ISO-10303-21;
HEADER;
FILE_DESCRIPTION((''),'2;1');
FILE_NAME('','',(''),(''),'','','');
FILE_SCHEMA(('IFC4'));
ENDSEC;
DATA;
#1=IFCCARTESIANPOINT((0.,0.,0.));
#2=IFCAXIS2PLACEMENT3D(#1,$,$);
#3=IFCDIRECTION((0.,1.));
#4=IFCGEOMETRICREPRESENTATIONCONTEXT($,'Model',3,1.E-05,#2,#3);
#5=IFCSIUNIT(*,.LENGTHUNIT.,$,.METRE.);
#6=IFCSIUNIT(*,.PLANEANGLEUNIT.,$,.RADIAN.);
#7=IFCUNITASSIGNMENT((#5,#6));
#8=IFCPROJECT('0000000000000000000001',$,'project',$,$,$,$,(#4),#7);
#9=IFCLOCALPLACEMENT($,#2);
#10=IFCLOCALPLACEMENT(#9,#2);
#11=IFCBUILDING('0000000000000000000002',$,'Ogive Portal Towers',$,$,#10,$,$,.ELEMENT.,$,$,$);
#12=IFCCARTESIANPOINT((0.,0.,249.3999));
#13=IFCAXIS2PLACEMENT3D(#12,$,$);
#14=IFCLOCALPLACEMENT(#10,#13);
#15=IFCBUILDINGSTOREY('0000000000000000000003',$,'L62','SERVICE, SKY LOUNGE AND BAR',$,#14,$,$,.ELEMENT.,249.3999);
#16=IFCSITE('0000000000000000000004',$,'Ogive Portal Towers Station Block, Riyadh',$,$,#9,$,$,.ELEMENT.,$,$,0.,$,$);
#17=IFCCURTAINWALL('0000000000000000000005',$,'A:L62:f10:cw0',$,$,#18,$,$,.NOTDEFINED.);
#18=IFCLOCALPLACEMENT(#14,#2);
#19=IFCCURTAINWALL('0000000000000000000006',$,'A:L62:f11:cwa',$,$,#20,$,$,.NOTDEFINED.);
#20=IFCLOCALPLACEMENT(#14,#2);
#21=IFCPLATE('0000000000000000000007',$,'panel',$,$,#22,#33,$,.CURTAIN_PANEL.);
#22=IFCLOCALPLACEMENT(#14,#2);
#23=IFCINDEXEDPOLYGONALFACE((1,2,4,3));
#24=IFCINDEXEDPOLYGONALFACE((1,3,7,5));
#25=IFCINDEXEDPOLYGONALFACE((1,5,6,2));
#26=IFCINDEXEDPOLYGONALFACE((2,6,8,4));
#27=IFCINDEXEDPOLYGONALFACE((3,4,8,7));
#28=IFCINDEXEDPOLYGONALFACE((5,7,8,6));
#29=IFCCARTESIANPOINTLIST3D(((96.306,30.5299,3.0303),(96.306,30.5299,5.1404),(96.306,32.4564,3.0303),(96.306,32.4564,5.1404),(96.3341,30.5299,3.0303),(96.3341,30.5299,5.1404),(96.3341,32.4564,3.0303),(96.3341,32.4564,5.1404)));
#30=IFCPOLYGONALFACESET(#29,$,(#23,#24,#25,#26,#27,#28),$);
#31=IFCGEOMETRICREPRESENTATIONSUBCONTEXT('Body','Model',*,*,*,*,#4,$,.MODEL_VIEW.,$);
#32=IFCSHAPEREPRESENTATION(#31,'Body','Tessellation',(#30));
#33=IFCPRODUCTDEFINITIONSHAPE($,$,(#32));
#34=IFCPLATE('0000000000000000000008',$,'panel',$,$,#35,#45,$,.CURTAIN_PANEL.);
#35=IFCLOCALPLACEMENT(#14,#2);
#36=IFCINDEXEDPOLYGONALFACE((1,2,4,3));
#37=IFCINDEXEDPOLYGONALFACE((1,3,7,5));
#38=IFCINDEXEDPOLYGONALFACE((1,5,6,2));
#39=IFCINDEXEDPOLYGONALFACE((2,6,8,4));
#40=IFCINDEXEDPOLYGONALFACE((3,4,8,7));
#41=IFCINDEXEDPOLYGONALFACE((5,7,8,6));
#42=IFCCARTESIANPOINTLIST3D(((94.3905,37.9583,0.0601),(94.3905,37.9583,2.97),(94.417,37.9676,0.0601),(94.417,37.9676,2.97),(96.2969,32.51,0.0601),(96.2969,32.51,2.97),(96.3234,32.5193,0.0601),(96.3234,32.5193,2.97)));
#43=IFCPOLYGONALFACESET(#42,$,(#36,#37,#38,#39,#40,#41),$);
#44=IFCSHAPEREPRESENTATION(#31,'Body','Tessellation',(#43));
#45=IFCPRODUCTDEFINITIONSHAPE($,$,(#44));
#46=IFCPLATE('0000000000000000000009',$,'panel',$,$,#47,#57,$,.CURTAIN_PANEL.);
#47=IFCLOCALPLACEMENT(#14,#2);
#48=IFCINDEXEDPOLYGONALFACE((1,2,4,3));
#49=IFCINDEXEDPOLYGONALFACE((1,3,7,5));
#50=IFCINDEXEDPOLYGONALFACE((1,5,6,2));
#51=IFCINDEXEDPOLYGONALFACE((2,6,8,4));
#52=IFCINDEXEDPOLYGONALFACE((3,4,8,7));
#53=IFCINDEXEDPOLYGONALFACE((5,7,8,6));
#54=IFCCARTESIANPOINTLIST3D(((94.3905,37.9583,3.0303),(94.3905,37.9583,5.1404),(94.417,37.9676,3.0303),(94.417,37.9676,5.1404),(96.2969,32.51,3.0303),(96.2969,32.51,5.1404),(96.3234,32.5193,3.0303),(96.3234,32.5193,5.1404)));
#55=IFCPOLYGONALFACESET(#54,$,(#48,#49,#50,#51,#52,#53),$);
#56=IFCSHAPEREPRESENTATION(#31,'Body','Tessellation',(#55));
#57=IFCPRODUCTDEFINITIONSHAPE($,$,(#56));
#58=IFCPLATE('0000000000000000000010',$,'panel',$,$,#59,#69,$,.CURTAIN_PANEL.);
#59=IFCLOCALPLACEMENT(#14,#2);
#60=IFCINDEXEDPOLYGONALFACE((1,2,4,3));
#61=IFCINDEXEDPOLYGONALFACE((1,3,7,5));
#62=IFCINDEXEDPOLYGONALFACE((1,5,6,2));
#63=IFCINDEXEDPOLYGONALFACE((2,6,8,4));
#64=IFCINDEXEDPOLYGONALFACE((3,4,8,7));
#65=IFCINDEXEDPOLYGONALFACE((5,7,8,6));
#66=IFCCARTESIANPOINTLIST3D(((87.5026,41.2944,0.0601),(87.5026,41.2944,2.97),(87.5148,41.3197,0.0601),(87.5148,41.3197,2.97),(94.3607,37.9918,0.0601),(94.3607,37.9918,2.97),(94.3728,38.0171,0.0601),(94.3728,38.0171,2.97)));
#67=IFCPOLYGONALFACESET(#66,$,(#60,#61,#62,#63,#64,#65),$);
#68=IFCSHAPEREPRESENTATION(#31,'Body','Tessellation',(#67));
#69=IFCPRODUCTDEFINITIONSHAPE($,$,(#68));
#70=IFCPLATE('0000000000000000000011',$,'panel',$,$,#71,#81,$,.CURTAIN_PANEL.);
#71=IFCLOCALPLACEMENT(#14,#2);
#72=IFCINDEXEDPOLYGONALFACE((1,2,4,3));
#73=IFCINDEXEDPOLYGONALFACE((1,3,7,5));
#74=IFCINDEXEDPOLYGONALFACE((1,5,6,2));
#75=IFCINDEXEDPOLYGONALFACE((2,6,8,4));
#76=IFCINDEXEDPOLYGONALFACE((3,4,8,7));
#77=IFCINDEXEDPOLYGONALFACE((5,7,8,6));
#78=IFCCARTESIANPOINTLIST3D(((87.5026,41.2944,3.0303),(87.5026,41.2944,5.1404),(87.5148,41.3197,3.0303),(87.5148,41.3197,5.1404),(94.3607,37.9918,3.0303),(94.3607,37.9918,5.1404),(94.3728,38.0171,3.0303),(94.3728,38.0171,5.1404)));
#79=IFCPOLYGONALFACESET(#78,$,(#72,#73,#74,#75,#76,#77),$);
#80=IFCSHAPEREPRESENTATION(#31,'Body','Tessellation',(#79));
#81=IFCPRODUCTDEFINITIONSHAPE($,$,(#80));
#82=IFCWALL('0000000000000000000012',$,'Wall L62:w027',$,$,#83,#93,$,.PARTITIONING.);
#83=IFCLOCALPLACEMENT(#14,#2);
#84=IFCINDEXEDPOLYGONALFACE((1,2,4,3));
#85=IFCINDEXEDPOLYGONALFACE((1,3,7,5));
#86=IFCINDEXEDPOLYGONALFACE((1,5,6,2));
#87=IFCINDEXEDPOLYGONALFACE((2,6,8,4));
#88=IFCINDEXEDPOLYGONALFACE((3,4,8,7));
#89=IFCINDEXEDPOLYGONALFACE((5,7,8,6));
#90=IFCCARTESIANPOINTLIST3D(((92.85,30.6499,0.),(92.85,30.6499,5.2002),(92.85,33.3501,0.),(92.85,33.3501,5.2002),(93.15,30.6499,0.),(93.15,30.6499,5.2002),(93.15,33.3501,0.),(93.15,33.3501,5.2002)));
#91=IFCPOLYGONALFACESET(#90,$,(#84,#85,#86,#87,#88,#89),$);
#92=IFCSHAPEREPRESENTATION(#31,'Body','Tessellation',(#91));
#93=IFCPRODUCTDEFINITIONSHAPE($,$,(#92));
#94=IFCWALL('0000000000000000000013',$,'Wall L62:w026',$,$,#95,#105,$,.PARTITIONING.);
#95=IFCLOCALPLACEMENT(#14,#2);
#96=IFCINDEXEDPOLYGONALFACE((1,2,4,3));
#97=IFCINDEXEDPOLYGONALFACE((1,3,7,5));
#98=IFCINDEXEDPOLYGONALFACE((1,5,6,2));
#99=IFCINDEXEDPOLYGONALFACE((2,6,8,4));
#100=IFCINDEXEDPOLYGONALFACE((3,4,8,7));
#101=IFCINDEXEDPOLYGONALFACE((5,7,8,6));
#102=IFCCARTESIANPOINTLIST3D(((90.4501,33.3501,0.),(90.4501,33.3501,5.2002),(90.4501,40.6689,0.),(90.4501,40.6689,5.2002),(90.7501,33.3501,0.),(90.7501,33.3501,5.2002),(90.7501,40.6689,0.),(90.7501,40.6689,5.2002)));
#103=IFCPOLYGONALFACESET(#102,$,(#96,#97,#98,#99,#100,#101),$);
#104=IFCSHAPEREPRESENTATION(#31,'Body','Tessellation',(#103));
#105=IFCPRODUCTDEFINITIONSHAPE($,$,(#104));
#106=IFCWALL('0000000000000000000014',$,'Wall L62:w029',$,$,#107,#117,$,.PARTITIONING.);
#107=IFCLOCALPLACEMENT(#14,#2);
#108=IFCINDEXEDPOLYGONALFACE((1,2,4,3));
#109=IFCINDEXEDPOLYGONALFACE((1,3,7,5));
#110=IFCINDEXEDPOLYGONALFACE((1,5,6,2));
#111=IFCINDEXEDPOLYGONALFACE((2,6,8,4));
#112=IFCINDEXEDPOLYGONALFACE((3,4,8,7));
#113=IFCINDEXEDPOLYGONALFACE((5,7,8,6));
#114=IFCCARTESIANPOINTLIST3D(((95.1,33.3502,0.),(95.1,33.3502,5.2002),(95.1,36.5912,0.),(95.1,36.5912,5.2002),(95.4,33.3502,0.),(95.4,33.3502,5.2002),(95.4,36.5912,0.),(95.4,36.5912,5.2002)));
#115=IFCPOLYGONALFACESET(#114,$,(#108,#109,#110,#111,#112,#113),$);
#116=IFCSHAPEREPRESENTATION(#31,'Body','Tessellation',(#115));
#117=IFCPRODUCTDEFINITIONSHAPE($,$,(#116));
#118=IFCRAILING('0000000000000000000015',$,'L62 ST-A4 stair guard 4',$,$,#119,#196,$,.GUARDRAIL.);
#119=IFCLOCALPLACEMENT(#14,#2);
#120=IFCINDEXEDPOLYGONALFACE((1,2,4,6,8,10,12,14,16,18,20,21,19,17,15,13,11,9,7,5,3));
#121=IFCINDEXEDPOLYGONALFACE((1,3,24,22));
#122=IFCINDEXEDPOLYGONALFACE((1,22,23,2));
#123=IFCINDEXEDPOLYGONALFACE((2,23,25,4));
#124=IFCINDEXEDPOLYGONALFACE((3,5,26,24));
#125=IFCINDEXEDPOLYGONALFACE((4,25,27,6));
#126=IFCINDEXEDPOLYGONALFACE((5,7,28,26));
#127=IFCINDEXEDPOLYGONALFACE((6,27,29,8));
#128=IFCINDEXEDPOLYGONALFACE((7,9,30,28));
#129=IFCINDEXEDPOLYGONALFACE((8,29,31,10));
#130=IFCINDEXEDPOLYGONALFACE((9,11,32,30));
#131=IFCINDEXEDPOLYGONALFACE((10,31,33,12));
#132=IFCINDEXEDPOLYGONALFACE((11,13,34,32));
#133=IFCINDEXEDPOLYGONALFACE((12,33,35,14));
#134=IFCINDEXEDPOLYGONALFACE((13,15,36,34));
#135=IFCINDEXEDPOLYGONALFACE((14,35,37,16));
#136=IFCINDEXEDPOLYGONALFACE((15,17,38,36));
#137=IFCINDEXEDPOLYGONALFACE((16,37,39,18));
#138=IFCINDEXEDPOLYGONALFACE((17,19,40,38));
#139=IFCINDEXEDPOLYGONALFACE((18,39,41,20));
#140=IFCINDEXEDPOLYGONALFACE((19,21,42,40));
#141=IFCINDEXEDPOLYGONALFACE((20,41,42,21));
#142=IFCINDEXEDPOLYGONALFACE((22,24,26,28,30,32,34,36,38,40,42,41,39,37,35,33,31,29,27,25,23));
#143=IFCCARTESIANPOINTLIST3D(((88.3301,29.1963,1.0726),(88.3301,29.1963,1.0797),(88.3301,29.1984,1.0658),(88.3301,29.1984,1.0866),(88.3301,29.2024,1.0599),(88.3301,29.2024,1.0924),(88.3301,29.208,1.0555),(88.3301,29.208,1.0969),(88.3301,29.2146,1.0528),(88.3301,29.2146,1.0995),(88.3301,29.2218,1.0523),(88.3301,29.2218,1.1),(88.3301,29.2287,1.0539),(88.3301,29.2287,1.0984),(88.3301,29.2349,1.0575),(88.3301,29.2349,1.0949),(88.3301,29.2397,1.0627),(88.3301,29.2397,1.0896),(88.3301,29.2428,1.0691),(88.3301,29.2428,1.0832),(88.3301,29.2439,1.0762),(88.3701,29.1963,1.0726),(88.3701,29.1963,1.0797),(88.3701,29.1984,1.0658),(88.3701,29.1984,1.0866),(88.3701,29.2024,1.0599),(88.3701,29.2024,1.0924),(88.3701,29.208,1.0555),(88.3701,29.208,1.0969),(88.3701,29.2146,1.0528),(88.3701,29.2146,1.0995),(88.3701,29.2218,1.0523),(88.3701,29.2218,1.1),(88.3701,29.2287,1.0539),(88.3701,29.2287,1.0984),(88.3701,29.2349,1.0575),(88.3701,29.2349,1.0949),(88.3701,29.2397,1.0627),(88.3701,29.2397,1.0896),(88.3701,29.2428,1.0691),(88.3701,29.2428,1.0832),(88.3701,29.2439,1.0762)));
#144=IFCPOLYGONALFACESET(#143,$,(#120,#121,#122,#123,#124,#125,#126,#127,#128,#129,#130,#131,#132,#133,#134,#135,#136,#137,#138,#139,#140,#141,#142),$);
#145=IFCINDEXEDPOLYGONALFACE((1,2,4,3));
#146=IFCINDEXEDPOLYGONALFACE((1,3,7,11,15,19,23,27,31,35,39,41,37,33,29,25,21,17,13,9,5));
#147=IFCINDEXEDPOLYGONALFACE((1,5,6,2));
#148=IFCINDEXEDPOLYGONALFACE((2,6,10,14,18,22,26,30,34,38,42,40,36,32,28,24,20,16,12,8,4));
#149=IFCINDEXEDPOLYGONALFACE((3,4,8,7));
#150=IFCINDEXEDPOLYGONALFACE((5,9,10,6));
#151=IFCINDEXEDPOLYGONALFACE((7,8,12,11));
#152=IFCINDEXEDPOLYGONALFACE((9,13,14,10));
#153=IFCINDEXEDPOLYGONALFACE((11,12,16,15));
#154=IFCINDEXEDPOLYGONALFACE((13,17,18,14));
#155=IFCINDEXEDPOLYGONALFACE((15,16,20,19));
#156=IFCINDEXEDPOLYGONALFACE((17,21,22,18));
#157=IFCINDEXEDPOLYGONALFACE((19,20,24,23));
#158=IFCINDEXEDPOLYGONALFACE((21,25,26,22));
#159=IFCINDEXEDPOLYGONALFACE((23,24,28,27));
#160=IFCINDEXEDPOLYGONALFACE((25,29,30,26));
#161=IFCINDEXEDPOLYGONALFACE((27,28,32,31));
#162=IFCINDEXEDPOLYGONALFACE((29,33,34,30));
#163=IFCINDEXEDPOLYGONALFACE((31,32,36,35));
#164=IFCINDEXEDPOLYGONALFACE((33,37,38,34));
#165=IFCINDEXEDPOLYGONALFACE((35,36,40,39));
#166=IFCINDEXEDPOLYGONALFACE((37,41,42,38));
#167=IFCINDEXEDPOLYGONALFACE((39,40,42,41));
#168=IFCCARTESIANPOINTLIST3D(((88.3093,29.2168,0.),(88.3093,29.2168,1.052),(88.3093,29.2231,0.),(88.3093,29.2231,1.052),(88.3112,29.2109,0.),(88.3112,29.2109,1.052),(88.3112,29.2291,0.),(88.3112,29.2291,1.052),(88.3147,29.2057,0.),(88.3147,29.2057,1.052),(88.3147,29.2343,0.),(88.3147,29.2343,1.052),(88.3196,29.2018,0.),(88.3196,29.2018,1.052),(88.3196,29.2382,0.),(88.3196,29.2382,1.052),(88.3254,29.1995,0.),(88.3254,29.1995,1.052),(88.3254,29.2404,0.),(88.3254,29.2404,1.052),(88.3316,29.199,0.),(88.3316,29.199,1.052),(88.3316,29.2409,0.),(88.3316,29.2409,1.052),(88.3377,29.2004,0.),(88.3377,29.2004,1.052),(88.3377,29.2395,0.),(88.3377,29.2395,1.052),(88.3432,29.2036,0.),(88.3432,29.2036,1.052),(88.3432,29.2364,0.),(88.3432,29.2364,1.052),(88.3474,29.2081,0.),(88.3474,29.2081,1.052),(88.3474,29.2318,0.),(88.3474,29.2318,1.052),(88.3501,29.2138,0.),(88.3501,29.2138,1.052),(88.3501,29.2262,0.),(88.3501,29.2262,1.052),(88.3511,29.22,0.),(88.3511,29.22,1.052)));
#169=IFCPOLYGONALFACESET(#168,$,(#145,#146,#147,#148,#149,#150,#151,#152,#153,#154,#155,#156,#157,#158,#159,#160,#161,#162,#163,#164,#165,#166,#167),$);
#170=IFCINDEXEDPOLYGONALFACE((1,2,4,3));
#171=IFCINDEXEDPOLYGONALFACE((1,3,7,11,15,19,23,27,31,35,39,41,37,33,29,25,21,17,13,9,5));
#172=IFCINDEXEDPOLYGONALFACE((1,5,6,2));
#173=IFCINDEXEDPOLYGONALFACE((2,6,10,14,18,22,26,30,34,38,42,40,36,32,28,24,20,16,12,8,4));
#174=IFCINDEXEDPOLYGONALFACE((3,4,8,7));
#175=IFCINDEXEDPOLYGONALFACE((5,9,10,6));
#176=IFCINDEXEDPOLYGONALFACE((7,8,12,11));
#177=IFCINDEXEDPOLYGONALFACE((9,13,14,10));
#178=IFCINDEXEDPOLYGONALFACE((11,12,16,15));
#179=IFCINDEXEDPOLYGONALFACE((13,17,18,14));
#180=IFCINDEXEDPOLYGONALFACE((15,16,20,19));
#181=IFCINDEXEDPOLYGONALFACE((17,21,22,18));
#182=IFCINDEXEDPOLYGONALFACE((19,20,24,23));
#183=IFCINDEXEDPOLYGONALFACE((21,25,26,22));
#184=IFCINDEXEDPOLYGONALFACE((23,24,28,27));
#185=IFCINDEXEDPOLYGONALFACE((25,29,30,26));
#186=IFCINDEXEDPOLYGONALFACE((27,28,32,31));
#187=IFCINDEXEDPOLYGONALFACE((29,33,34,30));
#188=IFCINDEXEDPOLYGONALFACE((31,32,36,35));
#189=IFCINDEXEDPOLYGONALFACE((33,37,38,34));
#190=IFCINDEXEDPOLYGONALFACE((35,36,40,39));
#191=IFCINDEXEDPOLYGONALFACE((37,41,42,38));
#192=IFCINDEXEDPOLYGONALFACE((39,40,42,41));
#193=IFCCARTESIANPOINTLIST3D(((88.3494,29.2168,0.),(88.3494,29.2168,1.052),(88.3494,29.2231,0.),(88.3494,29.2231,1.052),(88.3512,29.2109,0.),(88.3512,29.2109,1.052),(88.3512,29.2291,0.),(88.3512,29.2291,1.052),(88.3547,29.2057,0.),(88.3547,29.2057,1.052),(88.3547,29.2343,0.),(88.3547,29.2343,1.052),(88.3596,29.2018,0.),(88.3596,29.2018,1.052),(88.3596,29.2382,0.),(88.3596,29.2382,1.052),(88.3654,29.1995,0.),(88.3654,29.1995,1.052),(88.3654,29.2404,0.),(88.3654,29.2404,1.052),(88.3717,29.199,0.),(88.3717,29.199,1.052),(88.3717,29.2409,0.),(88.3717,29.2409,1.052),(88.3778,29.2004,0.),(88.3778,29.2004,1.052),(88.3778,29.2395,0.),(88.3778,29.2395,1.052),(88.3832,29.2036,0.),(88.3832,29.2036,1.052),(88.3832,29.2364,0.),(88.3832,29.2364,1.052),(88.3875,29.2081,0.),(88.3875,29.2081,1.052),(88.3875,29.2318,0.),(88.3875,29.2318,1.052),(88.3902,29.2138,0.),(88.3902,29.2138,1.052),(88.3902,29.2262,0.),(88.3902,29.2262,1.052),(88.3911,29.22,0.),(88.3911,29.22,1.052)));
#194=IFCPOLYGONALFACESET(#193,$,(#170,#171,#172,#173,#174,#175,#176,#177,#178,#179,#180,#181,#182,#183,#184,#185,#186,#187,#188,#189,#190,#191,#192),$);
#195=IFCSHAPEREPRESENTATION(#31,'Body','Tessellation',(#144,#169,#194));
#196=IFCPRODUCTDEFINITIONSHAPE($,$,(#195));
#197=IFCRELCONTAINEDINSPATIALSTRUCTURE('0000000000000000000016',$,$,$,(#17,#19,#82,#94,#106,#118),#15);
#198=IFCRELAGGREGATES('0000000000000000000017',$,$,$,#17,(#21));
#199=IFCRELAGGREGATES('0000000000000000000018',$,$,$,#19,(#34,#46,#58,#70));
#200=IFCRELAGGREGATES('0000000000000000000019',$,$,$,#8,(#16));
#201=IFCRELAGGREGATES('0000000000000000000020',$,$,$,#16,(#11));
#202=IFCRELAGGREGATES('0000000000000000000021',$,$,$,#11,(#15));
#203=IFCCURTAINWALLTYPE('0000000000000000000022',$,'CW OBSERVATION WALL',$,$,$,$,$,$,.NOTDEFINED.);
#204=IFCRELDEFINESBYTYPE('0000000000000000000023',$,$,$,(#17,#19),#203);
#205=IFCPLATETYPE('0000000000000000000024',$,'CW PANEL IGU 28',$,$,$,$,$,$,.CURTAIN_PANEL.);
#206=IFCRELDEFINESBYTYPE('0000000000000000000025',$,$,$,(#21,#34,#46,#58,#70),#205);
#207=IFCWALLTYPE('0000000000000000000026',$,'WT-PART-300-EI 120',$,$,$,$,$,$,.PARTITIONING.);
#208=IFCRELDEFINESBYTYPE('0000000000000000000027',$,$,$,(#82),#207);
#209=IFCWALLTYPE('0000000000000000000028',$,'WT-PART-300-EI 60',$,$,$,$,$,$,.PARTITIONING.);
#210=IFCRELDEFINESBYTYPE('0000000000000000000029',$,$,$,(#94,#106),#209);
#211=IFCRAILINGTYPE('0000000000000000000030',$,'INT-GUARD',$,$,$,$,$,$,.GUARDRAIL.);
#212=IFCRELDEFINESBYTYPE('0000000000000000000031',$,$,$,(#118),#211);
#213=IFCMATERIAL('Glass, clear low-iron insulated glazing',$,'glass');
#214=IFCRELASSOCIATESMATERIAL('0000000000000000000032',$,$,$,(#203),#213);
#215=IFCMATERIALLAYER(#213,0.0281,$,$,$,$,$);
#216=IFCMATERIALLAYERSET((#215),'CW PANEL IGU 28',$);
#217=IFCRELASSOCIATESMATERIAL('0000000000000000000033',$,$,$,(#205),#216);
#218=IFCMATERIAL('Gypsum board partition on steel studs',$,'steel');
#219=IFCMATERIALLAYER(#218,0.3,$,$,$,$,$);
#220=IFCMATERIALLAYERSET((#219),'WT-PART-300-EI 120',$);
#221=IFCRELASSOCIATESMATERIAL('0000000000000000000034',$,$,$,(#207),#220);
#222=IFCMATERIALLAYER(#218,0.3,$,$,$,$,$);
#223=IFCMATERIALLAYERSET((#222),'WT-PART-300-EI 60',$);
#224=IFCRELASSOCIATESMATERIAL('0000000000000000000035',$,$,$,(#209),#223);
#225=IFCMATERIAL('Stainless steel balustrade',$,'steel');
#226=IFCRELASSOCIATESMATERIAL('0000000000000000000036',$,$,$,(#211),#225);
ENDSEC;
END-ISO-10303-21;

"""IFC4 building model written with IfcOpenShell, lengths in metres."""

from ifc_helpers import new_model, si_unit, direction, frame, frame_2d, origin, origin_2d, place, context, subcontext, project, spatial, rectangle, circle, extrude, material, layer, layer_set, type_object, element, aggregate, save


model = new_model("IFC4")

# Units and contexts
model_context = context("Model", 3, precision=1e-05, world=origin(), true_north=direction((0.0, 1.0)))
body_context = subcontext(model_context, "Body", "Model", "MODEL_VIEW")
ifc_project = project(units=[si_unit("LENGTHUNIT", "METRE"), si_unit("PLANEANGLEUNIT", "RADIAN")], contexts=[model_context])

# Site, building, storey
site_placement = place(None, origin())
site = spatial("IfcSite", under=ifc_project, at=site_placement, Name="Ogive Portal Towers Station Block, Riyadh", CompositionType="ELEMENT", RefElevation=0.0)
building_placement = place(site_placement, origin())
building = spatial("IfcBuilding", under=site, at=building_placement, Name="Ogive Portal Towers", CompositionType="ELEMENT")
storey_placement = place(building_placement, frame((0.0, 0.0, 249.3999)))
storey = spatial("IfcBuildingStorey", under=building, at=storey_placement, Name="L62", Description="SERVICE, SKY LOUNGE AND BAR", CompositionType="ELEMENT", Elevation=249.3999)

# Curtain walls
ifc_material_1 = material(Name="Glass, clear low-iron insulated glazing", Category="glass")
curtain_wall_type = type_object("IfcCurtainWallType", Name="CW OBSERVATION WALL", PredefinedType="NOTDEFINED", material=ifc_material_1)
curtain_wall_1_placement = place(storey_placement, origin())
curtain_wall_1 = element("IfcCurtainWall", 1, at=curtain_wall_1_placement, inside=storey, type_object=curtain_wall_type, Name="A:L62:f10:cw0", PredefinedType="NOTDEFINED")
curtain_wall_2_placement = place(storey_placement, origin())
curtain_wall_2 = element("IfcCurtainWall", 2, at=curtain_wall_2_placement, inside=storey, type_object=curtain_wall_type, Name="A:L62:f11:cwa", PredefinedType="NOTDEFINED")

# Plates
ifc_layer_1 = layer(ifc_material_1, 0.0281)
ifc_layer_set_1 = layer_set([ifc_layer_1], Name="CW PANEL IGU 28")
plate_type = type_object("IfcPlateType", Name="CW PANEL IGU 28", PredefinedType="CURTAIN_PANEL", material=ifc_layer_set_1)
plate_1_placement = place(storey_placement, frame((96.3201, 31.4932, 3.0303), z_axis=(0.0, 0.0, 1.0), x_axis=(0.0, 1.0, 0.0)))
plate_1 = element("IfcPlate", 3, at=plate_1_placement, type_object=plate_type, Name="panel", PredefinedType="CURTAIN_PANEL", context=body_context, shape_type="SweptSolid", body=[
    extrude(rectangle(XDim=1.9265, YDim=0.0281, at=origin_2d()), origin(), (0.0, 0.0, 1.0), 2.1101),
])
aggregate(curtain_wall_1, [plate_1])
plate_2_placement = place(storey_placement, frame((95.3569, 35.2388, 0.0601), z_axis=(0.0, 0.0, 1.0), x_axis=(-0.330279, 0.943883, 0.0)))
plate_2 = element("IfcPlate", 4, at=plate_2_placement, type_object=plate_type, Name="panel", PredefinedType="CURTAIN_PANEL", context=body_context, shape_type="SweptSolid", body=[
    extrude(rectangle(XDim=5.7722, YDim=0.0281, at=origin_2d()), origin(), (0.0, 0.0, 1.0), 2.9099),
])
plate_3_placement = place(storey_placement, frame((95.3569, 35.2388, 3.0303), z_axis=(0.0, 0.0, 1.0), x_axis=(-0.330279, 0.943883, 0.0)))
plate_3 = element("IfcPlate", 5, at=plate_3_placement, type_object=plate_type, Name="panel", PredefinedType="CURTAIN_PANEL", context=body_context, shape_type="SweptSolid", body=[
    extrude(rectangle(XDim=5.7722, YDim=0.0281, at=origin_2d()), origin(), (0.0, 0.0, 1.0), 2.1101),
])
plate_4_placement = place(storey_placement, frame((90.9377, 39.6558, 0.0601), z_axis=(0.0, 0.0, 1.0), x_axis=(-0.900969, 0.433884, 0.0)))
plate_4 = element("IfcPlate", 6, at=plate_4_placement, type_object=plate_type, Name="panel", PredefinedType="CURTAIN_PANEL", context=body_context, shape_type="SweptSolid", body=[
    extrude(rectangle(XDim=7.6118, YDim=0.0281, at=origin_2d()), origin(), (0.0, 0.0, 1.0), 2.9099),
])
plate_5_placement = place(storey_placement, frame((90.9377, 39.6558, 3.0303), z_axis=(0.0, 0.0, 1.0), x_axis=(-0.900969, 0.433884, 0.0)))
plate_5 = element("IfcPlate", 7, at=plate_5_placement, type_object=plate_type, Name="panel", PredefinedType="CURTAIN_PANEL", context=body_context, shape_type="SweptSolid", body=[
    extrude(rectangle(XDim=7.6118, YDim=0.0281, at=origin_2d()), origin(), (0.0, 0.0, 1.0), 2.1101),
])
aggregate(curtain_wall_2, [plate_2, plate_3, plate_4, plate_5])

# Walls
ifc_material_2 = material(Name="Gypsum board partition on steel studs", Category="steel")
ifc_layer_2 = layer(ifc_material_2, 0.3)
ifc_layer_set_2 = layer_set([ifc_layer_2], Name="WT-PART-300-EI 120")
wall_type_1 = type_object("IfcWallType", Name="WT-PART-300-EI 120", PredefinedType="PARTITIONING", material=ifc_layer_set_2)
wall_1_placement = place(storey_placement, frame((93.0, 30.6499, 0.0), z_axis=(0.0, 0.0, 1.0), x_axis=(0.0, 1.0, 0.0)))
element("IfcWall", 8, at=wall_1_placement, inside=storey, type_object=wall_type_1, Name="Wall L62:w027", PredefinedType="PARTITIONING", context=body_context, shape_type="SweptSolid", body=[
    extrude(rectangle(XDim=2.7002, YDim=0.3, at=frame_2d((1.3501, 0.0))), origin(), (0.0, 0.0, 1.0), 5.2002),
])
ifc_layer_3 = layer(ifc_material_2, 0.3)
ifc_layer_set_3 = layer_set([ifc_layer_3], Name="WT-PART-300-EI 60")
wall_type_2 = type_object("IfcWallType", Name="WT-PART-300-EI 60", PredefinedType="PARTITIONING", material=ifc_layer_set_3)
wall_2_placement = place(storey_placement, frame((90.6001, 33.3501, 0.0), z_axis=(0.0, 0.0, 1.0), x_axis=(0.0, 1.0, 0.0)))
element("IfcWall", 9, at=wall_2_placement, inside=storey, type_object=wall_type_2, Name="Wall L62:w026", PredefinedType="PARTITIONING", context=body_context, shape_type="SweptSolid", body=[
    extrude(rectangle(XDim=7.3188, YDim=0.3, at=frame_2d((3.6594, 0.0))), origin(), (0.0, 0.0, 1.0), 5.2002),
])
wall_3_placement = place(storey_placement, frame((95.25, 33.3501, 0.0), z_axis=(0.0, 0.0, 1.0), x_axis=(0.0, 1.0, 0.0)))
element("IfcWall", 10, at=wall_3_placement, inside=storey, type_object=wall_type_2, Name="Wall L62:w029", PredefinedType="PARTITIONING", context=body_context, shape_type="SweptSolid", body=[
    extrude(rectangle(XDim=3.241, YDim=0.3, at=frame_2d((1.6206, 0.0))), origin(), (0.0, 0.0, 1.0), 5.2002),
])

# Railing
ifc_material_3 = material(Name="Stainless steel balustrade", Category="steel")
railing_type = type_object("IfcRailingType", Name="INT-GUARD", PredefinedType="GUARDRAIL", material=ifc_material_3)
railing_placement = place(storey_placement, frame((88.3301, 29.22, 0.0)))
element("IfcRailing", 11, at=railing_placement, inside=storey, type_object=railing_type, Name="L62 ST-A4 stair guard 4", PredefinedType="GUARDRAIL", context=body_context, shape_type="SweptSolid", body=[
    extrude(circle(Radius=0.0239, at=origin_2d()), frame((0.0, 0.0, 1.0762), z_axis=(1.0, 0.0, 0.0), x_axis=(0.0, 1.0, 0.0)), (0.0, 0.0, 1.0), 0.04),
    extrude(circle(Radius=0.021, at=origin_2d()), origin(), (0.0, 0.0, 1.0), 1.052),
    extrude(circle(Radius=0.021, at=origin_2d()), frame((0.04, 0.0, 0.0)), (0.0, 0.0, 1.0), 1.052),
])

save(model, "model.ifc")
